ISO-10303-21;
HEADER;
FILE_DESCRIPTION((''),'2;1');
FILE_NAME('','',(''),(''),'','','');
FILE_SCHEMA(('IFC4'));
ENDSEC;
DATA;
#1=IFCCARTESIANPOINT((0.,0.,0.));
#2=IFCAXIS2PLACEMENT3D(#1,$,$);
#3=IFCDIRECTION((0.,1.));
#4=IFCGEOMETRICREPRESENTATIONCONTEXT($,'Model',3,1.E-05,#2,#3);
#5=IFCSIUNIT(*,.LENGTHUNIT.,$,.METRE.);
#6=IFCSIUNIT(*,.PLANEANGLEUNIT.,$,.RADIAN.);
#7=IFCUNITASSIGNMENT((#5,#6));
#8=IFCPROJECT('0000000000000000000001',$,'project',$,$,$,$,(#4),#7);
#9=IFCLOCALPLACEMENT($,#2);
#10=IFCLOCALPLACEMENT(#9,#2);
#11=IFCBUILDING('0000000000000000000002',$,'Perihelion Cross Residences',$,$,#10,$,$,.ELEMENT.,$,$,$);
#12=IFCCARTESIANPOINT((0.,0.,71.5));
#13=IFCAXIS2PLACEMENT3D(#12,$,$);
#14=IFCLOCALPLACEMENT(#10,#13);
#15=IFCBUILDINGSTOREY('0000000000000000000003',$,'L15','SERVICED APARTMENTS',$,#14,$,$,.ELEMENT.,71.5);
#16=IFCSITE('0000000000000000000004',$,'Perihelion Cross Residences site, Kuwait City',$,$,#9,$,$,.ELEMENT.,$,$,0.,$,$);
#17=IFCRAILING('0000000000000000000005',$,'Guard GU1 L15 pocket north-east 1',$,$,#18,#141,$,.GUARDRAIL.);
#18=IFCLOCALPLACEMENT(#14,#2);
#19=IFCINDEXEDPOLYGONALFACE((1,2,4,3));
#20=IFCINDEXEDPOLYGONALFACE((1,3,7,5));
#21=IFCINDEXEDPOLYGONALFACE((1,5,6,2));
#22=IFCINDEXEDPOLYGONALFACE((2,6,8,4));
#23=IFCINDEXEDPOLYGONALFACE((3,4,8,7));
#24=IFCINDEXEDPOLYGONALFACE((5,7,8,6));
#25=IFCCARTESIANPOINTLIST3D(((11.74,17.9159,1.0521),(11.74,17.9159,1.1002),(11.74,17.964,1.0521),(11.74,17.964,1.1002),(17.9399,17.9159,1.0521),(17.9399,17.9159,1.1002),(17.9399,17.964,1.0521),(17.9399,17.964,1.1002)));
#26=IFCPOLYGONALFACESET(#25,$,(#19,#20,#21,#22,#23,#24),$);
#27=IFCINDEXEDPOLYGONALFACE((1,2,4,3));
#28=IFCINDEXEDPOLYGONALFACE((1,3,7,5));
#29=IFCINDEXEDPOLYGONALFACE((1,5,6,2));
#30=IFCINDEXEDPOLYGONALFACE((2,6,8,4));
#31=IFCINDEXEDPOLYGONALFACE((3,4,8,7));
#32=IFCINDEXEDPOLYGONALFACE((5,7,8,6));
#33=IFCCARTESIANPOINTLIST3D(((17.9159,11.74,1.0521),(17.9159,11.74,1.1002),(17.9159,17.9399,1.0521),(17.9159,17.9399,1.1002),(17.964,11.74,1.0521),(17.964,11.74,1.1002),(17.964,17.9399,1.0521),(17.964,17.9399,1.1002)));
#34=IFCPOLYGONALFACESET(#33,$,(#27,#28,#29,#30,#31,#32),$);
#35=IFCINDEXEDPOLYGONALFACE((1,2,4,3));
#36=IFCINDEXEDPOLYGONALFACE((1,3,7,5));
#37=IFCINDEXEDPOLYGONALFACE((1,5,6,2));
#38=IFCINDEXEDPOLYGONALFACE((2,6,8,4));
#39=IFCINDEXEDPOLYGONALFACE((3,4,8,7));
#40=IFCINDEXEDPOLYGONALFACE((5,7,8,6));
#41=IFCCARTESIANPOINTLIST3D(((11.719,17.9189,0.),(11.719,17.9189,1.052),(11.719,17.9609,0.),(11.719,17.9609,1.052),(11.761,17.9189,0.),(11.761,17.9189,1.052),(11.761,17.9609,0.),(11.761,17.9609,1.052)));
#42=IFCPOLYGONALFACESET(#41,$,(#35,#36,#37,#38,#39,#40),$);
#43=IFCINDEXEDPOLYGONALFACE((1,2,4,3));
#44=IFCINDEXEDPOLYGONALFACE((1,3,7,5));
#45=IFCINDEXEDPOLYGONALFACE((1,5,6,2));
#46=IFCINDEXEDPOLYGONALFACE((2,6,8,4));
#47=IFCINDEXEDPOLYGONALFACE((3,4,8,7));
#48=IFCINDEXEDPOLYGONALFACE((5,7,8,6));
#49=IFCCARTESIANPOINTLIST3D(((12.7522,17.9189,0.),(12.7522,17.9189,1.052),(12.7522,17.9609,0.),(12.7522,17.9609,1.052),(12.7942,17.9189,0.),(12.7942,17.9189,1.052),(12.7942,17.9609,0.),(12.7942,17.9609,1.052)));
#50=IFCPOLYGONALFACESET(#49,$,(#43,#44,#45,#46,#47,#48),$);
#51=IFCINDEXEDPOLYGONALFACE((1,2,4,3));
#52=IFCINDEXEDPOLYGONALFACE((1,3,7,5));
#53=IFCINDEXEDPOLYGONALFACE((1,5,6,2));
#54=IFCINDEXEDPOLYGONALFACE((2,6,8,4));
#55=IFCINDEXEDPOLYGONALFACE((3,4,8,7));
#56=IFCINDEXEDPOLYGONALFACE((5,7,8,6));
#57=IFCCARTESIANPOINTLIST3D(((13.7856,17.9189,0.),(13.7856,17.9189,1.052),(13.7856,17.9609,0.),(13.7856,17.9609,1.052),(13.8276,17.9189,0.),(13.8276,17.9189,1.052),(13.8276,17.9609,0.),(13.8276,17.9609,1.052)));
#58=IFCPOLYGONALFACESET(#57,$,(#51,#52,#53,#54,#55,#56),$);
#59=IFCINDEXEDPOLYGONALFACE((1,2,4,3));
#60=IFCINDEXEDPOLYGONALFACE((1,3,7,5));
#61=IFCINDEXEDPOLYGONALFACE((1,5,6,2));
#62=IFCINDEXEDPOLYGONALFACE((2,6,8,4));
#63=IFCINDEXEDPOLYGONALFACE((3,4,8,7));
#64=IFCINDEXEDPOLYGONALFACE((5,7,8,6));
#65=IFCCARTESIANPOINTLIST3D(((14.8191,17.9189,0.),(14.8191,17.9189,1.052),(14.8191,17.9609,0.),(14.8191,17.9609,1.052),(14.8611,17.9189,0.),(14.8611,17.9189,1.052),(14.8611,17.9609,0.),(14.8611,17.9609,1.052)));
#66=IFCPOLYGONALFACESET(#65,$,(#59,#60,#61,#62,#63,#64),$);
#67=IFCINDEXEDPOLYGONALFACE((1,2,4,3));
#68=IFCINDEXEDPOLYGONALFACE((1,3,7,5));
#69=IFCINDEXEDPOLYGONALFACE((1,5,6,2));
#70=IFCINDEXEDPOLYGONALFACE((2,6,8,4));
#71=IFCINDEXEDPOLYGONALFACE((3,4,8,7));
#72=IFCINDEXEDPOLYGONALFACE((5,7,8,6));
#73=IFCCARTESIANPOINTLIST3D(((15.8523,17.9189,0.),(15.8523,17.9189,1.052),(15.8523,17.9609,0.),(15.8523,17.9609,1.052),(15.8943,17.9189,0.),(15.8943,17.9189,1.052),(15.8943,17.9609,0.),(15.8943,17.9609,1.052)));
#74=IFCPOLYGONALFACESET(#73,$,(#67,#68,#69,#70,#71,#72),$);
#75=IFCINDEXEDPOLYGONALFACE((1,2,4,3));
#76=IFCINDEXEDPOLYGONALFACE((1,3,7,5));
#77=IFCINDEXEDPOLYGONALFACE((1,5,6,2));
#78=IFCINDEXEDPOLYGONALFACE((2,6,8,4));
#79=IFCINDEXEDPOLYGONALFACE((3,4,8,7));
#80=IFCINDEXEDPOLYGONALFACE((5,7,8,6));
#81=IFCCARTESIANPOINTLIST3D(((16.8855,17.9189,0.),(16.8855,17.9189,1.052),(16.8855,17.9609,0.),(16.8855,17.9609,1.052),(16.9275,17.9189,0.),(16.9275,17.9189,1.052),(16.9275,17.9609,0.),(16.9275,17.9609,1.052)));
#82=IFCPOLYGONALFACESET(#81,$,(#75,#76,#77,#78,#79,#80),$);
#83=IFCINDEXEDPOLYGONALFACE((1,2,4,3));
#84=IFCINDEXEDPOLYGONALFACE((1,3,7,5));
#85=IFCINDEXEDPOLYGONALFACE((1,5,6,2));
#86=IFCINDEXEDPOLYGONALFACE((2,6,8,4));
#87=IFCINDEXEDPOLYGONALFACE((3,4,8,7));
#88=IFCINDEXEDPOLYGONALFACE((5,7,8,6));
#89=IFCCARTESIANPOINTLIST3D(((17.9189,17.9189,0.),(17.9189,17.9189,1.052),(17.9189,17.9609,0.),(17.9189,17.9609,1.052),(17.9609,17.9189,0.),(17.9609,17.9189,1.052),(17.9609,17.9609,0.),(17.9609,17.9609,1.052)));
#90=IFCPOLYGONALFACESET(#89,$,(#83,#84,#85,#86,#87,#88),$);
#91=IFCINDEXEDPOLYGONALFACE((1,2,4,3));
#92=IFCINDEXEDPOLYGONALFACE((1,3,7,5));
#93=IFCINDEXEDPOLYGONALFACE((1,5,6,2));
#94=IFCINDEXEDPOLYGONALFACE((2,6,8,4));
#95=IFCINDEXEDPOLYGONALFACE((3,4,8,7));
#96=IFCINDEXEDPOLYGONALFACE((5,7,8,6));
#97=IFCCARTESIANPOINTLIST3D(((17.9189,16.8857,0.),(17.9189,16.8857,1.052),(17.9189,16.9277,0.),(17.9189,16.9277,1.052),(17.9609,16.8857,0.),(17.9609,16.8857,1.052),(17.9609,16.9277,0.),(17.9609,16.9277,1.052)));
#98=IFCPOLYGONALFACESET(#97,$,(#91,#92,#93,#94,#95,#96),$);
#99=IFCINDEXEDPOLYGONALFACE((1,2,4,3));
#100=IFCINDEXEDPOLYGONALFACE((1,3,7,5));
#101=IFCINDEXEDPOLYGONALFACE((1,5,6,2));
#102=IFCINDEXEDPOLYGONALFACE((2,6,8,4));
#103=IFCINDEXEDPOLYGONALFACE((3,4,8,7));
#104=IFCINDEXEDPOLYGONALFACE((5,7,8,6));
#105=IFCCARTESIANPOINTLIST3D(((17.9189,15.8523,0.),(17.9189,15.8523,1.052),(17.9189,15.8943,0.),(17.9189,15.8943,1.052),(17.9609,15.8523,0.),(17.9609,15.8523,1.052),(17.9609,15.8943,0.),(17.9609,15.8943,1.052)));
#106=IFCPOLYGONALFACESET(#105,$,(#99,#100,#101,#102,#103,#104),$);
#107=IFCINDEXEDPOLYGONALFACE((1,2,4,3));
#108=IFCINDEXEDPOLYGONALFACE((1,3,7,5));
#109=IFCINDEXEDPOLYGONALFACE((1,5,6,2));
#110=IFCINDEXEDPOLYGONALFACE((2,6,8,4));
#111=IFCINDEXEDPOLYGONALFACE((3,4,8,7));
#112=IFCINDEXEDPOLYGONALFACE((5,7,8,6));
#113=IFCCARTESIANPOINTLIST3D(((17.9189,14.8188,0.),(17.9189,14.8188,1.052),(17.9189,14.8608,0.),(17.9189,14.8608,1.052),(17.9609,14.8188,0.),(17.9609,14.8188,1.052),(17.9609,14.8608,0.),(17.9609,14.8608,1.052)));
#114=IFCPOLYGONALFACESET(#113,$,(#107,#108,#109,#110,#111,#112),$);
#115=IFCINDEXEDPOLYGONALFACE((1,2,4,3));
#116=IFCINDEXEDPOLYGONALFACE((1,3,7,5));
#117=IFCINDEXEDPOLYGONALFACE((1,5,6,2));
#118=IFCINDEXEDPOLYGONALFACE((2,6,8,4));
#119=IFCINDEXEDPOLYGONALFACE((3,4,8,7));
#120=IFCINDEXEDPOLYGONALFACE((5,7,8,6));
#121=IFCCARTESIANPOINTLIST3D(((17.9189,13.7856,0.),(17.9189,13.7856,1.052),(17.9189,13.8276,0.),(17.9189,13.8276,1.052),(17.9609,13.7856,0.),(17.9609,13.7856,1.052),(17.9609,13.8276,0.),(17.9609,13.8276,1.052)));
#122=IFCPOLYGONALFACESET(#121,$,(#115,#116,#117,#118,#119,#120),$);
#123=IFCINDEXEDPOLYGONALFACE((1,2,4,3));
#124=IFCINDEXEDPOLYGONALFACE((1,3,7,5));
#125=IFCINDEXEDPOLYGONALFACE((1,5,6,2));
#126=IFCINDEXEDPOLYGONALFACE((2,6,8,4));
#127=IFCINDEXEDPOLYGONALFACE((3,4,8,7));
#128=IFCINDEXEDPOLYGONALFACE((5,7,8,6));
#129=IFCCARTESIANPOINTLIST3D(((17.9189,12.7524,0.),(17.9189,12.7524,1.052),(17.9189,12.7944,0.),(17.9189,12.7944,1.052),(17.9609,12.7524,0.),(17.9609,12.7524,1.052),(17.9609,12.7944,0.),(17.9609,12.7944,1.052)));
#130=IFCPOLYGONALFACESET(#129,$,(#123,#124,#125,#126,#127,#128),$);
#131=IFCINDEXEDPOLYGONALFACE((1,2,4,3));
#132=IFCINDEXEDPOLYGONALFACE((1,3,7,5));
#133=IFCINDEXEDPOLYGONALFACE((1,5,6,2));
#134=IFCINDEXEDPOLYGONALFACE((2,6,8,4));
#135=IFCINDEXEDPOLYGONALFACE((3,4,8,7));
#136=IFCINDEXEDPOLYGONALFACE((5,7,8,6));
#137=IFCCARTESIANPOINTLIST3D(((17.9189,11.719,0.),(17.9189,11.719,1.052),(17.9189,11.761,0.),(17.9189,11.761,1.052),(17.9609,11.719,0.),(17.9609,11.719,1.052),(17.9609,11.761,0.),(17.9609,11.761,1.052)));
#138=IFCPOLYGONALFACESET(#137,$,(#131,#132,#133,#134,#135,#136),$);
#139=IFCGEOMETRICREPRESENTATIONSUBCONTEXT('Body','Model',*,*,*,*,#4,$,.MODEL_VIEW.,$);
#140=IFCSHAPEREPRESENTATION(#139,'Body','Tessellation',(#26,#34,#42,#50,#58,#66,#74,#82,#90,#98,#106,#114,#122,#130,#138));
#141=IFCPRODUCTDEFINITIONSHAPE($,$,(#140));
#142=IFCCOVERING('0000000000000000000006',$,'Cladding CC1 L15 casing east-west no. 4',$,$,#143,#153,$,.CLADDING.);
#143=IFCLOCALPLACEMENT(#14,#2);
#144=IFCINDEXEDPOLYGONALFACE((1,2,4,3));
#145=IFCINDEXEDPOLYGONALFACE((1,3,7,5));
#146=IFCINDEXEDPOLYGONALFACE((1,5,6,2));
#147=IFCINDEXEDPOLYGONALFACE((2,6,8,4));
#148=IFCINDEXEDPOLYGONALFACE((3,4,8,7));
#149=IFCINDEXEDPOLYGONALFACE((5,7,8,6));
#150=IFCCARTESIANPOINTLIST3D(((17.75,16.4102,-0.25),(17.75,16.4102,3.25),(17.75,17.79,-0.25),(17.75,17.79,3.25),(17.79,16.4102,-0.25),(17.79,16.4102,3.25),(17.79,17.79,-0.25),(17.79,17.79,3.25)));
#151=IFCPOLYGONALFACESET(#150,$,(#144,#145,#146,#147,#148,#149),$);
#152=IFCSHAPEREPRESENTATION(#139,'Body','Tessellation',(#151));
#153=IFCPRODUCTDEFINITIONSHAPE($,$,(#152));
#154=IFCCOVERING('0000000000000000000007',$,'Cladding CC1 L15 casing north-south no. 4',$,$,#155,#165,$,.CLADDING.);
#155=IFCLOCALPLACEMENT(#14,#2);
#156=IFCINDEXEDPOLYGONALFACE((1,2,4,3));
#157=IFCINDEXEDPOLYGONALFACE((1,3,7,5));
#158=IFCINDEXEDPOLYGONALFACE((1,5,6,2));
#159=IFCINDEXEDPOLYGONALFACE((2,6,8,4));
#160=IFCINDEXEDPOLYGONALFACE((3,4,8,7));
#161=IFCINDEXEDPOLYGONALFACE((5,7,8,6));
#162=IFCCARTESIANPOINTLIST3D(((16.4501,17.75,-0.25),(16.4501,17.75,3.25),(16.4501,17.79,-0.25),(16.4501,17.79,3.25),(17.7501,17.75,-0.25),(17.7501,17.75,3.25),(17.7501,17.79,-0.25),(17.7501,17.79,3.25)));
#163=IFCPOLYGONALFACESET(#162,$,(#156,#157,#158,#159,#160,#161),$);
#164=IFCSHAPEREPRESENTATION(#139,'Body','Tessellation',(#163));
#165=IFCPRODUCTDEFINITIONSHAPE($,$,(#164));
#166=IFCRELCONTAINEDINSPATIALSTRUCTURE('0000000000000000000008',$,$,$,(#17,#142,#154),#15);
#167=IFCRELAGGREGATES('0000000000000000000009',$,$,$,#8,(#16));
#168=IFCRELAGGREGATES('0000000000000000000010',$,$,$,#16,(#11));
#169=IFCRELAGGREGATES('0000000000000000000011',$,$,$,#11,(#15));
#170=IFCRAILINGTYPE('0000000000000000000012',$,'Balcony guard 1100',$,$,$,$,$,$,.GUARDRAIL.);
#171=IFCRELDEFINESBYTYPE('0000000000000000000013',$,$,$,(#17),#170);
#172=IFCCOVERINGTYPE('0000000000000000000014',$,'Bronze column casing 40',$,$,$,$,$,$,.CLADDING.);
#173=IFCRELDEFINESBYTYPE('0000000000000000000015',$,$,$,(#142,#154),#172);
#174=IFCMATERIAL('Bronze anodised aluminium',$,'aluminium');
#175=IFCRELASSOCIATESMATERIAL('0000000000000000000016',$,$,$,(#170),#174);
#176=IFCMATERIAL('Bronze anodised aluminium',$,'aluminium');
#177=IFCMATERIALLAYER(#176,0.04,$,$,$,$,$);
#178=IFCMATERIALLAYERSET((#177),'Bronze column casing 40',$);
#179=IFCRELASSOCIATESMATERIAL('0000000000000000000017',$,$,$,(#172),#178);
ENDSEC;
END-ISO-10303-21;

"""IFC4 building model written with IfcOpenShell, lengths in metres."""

from ifc_helpers import new_model, si_unit, direction, frame, origin, origin_2d, place, context, subcontext, project, spatial, rectangle, extrude, material, layer, layer_set, type_object, element, save


model = new_model("IFC4")

# Units and contexts
model_context = context("Model", 3, precision=1e-05, world=origin(), true_north=direction((0.0, 1.0)))
body_context = subcontext(model_context, "Body", "Model", "MODEL_VIEW")
ifc_project = project(units=[si_unit("LENGTHUNIT", "METRE"), si_unit("PLANEANGLEUNIT", "RADIAN")], contexts=[model_context])

# Site, building, storey
site_placement = place(None, origin())
site = spatial("IfcSite", under=ifc_project, at=site_placement, Name="Perihelion Cross Residences site, Kuwait City", CompositionType="ELEMENT", RefElevation=0.0)
building_placement = place(site_placement, origin())
building = spatial("IfcBuilding", under=site, at=building_placement, Name="Perihelion Cross Residences", CompositionType="ELEMENT")
storey_placement = place(building_placement, frame((0.0, 0.0, 71.5)))
storey = spatial("IfcBuildingStorey", under=building, at=storey_placement, Name="L15", Description="SERVICED APARTMENTS", CompositionType="ELEMENT", Elevation=71.5)

# Railing
ifc_material_1 = material(Name="Bronze anodised aluminium", Category="aluminium")
railing_type = type_object("IfcRailingType", Name="Balcony guard 1100", PredefinedType="GUARDRAIL", material=ifc_material_1)
railing_1_placement = place(storey_placement, frame((11.74, 17.9399, 0.0)))
element("IfcRailing", 1, at=railing_1_placement, inside=storey, type_object=railing_type, Name="Guard GU1 L15 pocket north-east 1", PredefinedType="GUARDRAIL", context=body_context, shape_type="SweptSolid", body=[
    extrude(rectangle(XDim=0.0481, YDim=0.0481, at=origin_2d()), frame((0.0, 0.0, 1.0762), z_axis=(1.0, 0.0, 0.0), x_axis=(0.0, 1.0, 0.0)), (0.0, 0.0, 1.0), 6.2),
    extrude(rectangle(XDim=0.0481, YDim=0.0481, at=origin_2d()), frame((6.2, 0.0, 1.0762), z_axis=(0.0, -1.0, 0.0), x_axis=(1.0, 0.0, 0.0)), (0.0, 0.0, 1.0), 6.2),
    extrude(rectangle(XDim=0.042, YDim=0.042, at=origin_2d()), origin(), (0.0, 0.0, 1.0), 1.052),
    extrude(rectangle(XDim=0.042, YDim=0.042, at=origin_2d()), frame((1.0332, 0.0, 0.0)), (0.0, 0.0, 1.0), 1.052),
    extrude(rectangle(XDim=0.042, YDim=0.042, at=origin_2d()), frame((2.0667, 0.0, 0.0)), (0.0, 0.0, 1.0), 1.052),
    extrude(rectangle(XDim=0.042, YDim=0.042, at=origin_2d()), frame((3.1001, 0.0, 0.0)), (0.0, 0.0, 1.0), 1.052),
    extrude(rectangle(XDim=0.042, YDim=0.042, at=origin_2d()), frame((4.1333, 0.0, 0.0)), (0.0, 0.0, 1.0), 1.052),
    extrude(rectangle(XDim=0.042, YDim=0.042, at=origin_2d()), frame((5.1665, 0.0, 0.0)), (0.0, 0.0, 1.0), 1.052),
    extrude(rectangle(XDim=0.042, YDim=0.042, at=origin_2d()), frame((6.2, 0.0, 0.0)), (0.0, 0.0, 1.0), 1.052),
    extrude(rectangle(XDim=0.042, YDim=0.042, at=origin_2d()), frame((6.2, -1.0332, 0.0)), (0.0, 0.0, 1.0), 1.052),
    extrude(rectangle(XDim=0.042, YDim=0.042, at=origin_2d()), frame((6.2, -2.0667, 0.0)), (0.0, 0.0, 1.0), 1.052),
    extrude(rectangle(XDim=0.042, YDim=0.042, at=origin_2d()), frame((6.2, -3.1001, 0.0)), (0.0, 0.0, 1.0), 1.052),
    extrude(rectangle(XDim=0.042, YDim=0.042, at=origin_2d()), frame((6.2, -4.1333, 0.0)), (0.0, 0.0, 1.0), 1.052),
    extrude(rectangle(XDim=0.042, YDim=0.042, at=origin_2d()), frame((6.2, -5.1665, 0.0)), (0.0, 0.0, 1.0), 1.052),
    extrude(rectangle(XDim=0.042, YDim=0.042, at=origin_2d()), frame((6.2, -6.2, 0.0)), (0.0, 0.0, 1.0), 1.052),
])

# Coverings
ifc_material_2 = material(Name="Bronze anodised aluminium", Category="aluminium")
ifc_layer_1 = layer(ifc_material_2, 0.04)
ifc_layer_set_1 = layer_set([ifc_layer_1], Name="Bronze column casing 40")
covering_type = type_object("IfcCoveringType", Name="Bronze column casing 40", PredefinedType="CLADDING", material=ifc_layer_set_1)
covering_1_placement = place(storey_placement, frame((17.77, 17.1001, -0.25), z_axis=(0.0, 0.0, 1.0), x_axis=(1.0, 0.0, 0.0)))
element("IfcCovering", 2, at=covering_1_placement, inside=storey, type_object=covering_type, Name="Cladding CC1 L15 casing east-west no. 4", PredefinedType="CLADDING", context=body_context, shape_type="SweptSolid", body=[
    extrude(rectangle(XDim=0.04, YDim=1.3799, at=origin_2d()), origin(), (0.0, 0.0, 1.0), 3.5),
])
covering_2_placement = place(storey_placement, frame((17.1001, 17.77, -0.25), z_axis=(0.0, 0.0, 1.0), x_axis=(1.0, 0.0, 0.0)))
element("IfcCovering", 3, at=covering_2_placement, inside=storey, type_object=covering_type, Name="Cladding CC1 L15 casing north-south no. 4", PredefinedType="CLADDING", context=body_context, shape_type="SweptSolid", body=[
    extrude(rectangle(XDim=1.3, YDim=0.04, at=origin_2d()), origin(), (0.0, 0.0, 1.0), 3.5),
])

save(model, "model.ifc")
